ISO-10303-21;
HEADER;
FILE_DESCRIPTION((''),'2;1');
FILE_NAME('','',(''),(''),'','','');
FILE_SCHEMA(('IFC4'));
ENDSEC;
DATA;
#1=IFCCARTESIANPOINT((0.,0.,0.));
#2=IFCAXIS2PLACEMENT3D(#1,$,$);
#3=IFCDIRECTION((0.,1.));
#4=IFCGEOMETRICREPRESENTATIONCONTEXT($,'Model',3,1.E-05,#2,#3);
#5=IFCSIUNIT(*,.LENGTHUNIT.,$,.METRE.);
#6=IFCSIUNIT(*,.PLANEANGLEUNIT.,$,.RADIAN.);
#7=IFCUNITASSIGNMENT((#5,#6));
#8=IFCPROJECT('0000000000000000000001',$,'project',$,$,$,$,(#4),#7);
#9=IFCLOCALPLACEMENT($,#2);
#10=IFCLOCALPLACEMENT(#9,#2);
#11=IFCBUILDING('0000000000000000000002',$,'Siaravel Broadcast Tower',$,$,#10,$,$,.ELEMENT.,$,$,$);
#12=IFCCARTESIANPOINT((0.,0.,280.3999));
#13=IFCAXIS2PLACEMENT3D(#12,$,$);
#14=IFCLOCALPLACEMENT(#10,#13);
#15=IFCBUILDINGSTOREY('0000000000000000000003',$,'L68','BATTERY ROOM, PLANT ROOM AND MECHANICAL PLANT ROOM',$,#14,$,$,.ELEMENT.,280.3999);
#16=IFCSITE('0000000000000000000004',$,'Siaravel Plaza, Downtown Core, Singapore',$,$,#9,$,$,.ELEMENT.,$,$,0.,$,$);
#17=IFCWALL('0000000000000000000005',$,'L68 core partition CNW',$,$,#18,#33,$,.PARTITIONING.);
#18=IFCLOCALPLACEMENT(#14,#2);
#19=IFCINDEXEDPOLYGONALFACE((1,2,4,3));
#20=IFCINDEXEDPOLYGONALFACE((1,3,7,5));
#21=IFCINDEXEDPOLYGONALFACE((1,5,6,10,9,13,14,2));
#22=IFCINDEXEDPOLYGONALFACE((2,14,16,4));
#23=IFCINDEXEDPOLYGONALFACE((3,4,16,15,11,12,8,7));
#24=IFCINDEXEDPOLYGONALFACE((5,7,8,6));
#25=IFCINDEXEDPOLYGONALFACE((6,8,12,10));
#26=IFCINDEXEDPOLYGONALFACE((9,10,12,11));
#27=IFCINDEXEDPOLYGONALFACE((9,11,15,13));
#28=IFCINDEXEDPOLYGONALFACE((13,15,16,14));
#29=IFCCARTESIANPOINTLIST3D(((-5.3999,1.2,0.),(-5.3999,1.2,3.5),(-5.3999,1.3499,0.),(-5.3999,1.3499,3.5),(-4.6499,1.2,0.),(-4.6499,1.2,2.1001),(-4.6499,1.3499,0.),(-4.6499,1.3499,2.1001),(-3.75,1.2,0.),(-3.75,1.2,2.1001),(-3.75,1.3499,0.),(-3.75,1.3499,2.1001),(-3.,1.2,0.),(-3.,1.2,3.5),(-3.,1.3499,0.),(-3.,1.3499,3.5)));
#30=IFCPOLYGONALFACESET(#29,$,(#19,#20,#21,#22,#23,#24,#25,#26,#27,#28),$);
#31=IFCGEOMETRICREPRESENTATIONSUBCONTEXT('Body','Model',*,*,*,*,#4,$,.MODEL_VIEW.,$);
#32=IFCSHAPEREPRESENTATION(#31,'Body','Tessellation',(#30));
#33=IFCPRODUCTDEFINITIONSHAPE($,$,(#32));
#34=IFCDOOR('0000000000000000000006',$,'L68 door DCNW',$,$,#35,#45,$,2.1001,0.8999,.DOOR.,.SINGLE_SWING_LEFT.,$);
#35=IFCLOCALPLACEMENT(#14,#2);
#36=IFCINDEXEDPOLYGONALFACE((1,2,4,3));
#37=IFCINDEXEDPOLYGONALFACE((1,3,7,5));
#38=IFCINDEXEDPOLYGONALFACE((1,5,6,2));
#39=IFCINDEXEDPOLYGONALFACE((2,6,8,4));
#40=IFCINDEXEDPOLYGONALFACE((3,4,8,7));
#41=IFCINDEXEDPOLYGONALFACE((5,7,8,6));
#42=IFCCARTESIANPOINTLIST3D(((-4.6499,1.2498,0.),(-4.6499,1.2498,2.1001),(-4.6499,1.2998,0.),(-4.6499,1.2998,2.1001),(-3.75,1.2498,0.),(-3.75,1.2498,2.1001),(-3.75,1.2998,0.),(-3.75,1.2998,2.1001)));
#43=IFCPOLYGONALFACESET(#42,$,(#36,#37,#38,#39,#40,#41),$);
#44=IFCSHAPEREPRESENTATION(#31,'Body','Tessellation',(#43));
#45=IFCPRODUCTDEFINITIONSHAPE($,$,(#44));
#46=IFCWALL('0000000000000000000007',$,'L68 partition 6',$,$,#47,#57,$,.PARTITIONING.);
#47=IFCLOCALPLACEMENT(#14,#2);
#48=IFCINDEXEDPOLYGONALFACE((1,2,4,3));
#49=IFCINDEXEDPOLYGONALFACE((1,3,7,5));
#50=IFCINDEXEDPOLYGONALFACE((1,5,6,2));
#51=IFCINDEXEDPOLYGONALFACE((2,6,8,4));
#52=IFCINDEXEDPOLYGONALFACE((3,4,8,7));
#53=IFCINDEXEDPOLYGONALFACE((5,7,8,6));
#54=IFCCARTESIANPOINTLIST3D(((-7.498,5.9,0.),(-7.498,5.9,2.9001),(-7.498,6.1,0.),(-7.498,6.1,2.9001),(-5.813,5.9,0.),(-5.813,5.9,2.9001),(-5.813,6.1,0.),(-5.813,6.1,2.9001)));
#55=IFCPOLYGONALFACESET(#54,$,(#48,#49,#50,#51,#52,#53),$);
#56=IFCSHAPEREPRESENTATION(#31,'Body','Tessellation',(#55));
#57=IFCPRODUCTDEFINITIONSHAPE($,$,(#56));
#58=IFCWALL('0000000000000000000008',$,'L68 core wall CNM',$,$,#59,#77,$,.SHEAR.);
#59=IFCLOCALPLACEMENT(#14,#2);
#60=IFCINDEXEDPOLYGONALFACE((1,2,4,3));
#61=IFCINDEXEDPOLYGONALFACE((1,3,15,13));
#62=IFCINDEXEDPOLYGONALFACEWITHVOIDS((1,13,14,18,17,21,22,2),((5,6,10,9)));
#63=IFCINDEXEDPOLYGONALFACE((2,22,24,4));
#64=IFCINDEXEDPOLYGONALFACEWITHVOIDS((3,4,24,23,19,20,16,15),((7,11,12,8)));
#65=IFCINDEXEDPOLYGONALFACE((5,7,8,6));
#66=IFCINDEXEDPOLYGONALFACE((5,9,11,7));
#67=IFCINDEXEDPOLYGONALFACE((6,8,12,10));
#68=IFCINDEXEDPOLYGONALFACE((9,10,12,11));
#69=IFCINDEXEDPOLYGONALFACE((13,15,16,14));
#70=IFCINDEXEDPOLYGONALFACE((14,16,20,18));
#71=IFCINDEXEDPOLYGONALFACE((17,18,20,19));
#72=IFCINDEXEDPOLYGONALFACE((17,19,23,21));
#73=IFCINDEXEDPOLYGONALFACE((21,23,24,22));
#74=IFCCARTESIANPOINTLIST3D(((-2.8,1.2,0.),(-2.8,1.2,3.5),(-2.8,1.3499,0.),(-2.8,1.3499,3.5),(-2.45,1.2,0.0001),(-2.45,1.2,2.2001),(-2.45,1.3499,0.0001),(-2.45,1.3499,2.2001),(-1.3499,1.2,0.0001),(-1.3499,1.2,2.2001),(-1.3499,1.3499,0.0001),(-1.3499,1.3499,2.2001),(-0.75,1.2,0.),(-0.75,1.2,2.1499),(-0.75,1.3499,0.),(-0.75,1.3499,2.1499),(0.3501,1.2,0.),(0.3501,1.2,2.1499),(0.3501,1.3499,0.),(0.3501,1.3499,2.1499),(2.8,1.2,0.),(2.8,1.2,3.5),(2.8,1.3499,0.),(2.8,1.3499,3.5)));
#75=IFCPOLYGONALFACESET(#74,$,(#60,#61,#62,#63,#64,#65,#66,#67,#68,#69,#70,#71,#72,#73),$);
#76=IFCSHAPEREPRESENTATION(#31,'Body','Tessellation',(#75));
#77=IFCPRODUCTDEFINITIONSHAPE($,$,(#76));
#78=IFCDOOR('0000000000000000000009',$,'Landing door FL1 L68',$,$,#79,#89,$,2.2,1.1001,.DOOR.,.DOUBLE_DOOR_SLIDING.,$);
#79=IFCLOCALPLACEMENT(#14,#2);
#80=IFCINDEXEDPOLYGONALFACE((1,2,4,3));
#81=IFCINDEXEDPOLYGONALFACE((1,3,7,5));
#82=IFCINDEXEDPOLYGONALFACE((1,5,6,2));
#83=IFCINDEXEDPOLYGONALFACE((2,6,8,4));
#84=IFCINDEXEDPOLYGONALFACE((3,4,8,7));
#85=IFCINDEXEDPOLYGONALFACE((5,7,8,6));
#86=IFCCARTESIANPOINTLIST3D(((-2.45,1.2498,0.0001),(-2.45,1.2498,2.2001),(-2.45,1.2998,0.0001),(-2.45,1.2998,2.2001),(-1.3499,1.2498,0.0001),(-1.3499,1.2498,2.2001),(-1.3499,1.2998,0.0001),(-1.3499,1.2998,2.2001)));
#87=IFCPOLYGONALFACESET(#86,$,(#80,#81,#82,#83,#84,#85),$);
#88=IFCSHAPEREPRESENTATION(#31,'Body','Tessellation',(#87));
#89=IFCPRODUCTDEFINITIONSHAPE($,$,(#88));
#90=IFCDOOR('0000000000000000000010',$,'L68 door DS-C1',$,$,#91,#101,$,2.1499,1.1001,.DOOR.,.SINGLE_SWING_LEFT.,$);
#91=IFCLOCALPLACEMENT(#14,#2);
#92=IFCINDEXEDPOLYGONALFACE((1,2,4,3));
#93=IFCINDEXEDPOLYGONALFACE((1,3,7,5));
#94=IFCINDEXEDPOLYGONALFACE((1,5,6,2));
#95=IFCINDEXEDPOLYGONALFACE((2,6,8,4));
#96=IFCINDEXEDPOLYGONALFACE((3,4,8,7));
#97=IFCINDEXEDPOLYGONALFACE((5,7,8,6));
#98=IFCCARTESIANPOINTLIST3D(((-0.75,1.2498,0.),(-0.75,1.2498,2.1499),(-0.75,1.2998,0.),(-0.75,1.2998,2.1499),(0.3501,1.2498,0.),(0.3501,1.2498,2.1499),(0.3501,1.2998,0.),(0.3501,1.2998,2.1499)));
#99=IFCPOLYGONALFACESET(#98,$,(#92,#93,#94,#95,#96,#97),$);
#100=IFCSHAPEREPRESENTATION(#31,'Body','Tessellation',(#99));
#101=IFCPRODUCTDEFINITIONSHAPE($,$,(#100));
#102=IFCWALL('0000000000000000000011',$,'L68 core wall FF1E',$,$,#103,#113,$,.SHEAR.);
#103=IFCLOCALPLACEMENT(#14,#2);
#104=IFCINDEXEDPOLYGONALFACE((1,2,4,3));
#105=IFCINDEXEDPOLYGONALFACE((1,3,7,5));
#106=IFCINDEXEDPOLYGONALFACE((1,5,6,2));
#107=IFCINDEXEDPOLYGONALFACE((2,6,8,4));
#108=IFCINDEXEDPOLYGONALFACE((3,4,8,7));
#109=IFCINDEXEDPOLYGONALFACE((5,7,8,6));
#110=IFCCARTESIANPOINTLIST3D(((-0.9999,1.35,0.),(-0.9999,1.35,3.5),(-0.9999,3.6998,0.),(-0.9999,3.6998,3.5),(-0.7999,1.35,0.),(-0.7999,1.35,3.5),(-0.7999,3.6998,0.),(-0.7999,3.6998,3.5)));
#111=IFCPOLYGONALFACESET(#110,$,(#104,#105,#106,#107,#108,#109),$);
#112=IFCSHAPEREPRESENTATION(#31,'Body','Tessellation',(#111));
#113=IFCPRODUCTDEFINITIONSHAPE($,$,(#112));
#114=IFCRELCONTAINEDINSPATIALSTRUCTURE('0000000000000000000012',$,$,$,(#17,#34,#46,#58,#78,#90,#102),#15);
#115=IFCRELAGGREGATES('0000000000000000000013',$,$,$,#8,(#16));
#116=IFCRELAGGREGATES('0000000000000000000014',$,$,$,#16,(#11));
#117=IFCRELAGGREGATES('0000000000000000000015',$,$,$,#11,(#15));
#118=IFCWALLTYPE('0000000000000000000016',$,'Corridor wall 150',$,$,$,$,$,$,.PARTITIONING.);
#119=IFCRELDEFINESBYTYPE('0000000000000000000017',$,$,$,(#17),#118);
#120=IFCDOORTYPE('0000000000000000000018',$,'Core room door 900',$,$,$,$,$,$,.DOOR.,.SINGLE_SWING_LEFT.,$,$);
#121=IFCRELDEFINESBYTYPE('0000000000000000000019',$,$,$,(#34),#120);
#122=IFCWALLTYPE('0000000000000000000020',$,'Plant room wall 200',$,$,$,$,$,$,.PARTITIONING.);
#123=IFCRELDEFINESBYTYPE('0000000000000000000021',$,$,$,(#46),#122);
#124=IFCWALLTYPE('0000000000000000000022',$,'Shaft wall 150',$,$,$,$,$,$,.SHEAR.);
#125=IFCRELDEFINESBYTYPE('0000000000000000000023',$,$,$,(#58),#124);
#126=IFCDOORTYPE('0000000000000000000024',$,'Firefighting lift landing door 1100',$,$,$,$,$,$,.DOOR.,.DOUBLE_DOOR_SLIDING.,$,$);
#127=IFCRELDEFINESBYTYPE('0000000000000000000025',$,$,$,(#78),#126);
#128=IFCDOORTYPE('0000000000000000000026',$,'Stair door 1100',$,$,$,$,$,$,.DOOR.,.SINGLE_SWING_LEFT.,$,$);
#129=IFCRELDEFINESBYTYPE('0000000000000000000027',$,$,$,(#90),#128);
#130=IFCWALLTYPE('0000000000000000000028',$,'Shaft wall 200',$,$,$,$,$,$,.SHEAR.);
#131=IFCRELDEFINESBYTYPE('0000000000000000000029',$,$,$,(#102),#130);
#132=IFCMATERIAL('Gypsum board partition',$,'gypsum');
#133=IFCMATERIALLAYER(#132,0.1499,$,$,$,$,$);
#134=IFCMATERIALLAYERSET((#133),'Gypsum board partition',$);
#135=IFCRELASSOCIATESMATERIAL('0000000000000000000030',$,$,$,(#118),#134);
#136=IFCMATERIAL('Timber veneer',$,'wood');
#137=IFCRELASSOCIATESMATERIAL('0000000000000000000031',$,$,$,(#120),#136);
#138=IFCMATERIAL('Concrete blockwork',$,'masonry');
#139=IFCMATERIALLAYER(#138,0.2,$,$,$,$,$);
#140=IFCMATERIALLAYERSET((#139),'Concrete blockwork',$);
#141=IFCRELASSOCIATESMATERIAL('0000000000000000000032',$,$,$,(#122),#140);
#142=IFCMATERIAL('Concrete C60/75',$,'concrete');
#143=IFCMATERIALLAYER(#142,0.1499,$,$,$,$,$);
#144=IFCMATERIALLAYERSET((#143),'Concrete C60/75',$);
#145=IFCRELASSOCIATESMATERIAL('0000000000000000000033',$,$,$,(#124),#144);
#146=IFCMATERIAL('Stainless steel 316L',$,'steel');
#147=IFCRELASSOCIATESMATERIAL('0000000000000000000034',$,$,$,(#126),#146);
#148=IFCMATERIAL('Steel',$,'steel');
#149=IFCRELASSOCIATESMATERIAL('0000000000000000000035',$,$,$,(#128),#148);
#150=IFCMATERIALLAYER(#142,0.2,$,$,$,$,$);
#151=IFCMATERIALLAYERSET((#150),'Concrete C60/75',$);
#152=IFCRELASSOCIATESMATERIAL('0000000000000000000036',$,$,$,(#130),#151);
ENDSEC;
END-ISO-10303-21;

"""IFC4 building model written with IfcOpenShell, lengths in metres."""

from ifc_helpers import new_model, si_unit, direction, frame, frame_2d, origin, place, context, subcontext, project, spatial, rectangle, extrude, material, layer, layer_set, type_object, element, fill, save


model = new_model("IFC4")

# Units and contexts
model_context = context("Model", 3, precision=1e-05, world=origin(), true_north=direction((0.0, 1.0)))
body_context = subcontext(model_context, "Body", "Model", "MODEL_VIEW")
ifc_project = project(units=[si_unit("LENGTHUNIT", "METRE"), si_unit("PLANEANGLEUNIT", "RADIAN")], contexts=[model_context])

# Site, building, storey
site_placement = place(None, origin())
site = spatial("IfcSite", under=ifc_project, at=site_placement, Name="Siaravel Plaza, Downtown Core, Singapore", CompositionType="ELEMENT", RefElevation=0.0)
building_placement = place(site_placement, origin())
building = spatial("IfcBuilding", under=site, at=building_placement, Name="Siaravel Broadcast Tower", CompositionType="ELEMENT")
storey_placement = place(building_placement, frame((0.0, 0.0, 280.3999)))
storey = spatial("IfcBuildingStorey", under=building, at=storey_placement, Name="L68", Description="BATTERY ROOM, PLANT ROOM AND MECHANICAL PLANT ROOM", CompositionType="ELEMENT", Elevation=280.3999)

# Shared definitions
ifc_material_1 = material(Name="Concrete C60/75", Category="concrete")

# Wall, opening, door
ifc_material_2 = material(Name="Gypsum board partition", Category="gypsum")
ifc_layer_1 = layer(ifc_material_2, 0.1499)
ifc_layer_set_1 = layer_set([ifc_layer_1], Name="Gypsum board partition")
wall_type_1 = type_object("IfcWallType", Name="Corridor wall 150", PredefinedType="PARTITIONING", material=ifc_layer_set_1)
wall_1_placement = place(storey_placement, frame((-5.3999, 1.2749, 0.0), z_axis=(0.0, 0.0, 1.0), x_axis=(1.0, 0.0, 0.0)))
wall_1 = element("IfcWall", 1, at=wall_1_placement, inside=storey, type_object=wall_type_1, Name="L68 core partition CNW", PredefinedType="PARTITIONING", context=body_context, shape_type="SweptSolid", body=[
    extrude(rectangle(XDim=2.3999, YDim=0.1499, at=frame_2d((1.2, 0.0))), origin(), (0.0, 0.0, 1.0), 3.5),
])
opening_1_placement = place(wall_1_placement, frame((0.75, 0.0, 0.0)))
opening_1 = element("IfcOpeningElement", 2, at=opening_1_placement, cuts=wall_1, PredefinedType="OPENING", context=body_context, shape_type="SweptSolid", body=[
    extrude(rectangle(XDim=0.8999, YDim=2.1001, at=frame_2d((0.45, 1.05))), frame((0.0, 0.085, 0.0), z_axis=(0.0, -1.0, 0.0), x_axis=(1.0, 0.0, 0.0)), (0.0, 0.0, 1.0), 0.1699),
])
ifc_material_3 = material(Name="Timber veneer", Category="wood")
door_type_1 = type_object("IfcDoorType", Name="Core room door 900", OperationType="SINGLE_SWING_LEFT", PredefinedType="DOOR", material=ifc_material_3)
door_1_placement = place(opening_1_placement, origin())
door_1 = element("IfcDoor", 3, at=door_1_placement, inside=storey, type_object=door_type_1, Name="L68 door DCNW", OperationType="SINGLE_SWING_LEFT", OverallHeight=2.1001, OverallWidth=0.8999, PredefinedType="DOOR", context=body_context, shape_type="SweptSolid", body=[
    extrude(rectangle(XDim=0.8999, YDim=2.1001, at=frame_2d((0.45, 1.05))), frame((0.0, 0.0249, 0.0), z_axis=(0.0, -1.0, 0.0), x_axis=(1.0, 0.0, 0.0)), (0.0, 0.0, 1.0), 0.05),
])
fill(opening_1, door_1)

# Wall
ifc_material_4 = material(Name="Concrete blockwork", Category="masonry")
ifc_layer_2 = layer(ifc_material_4, 0.2)
ifc_layer_set_2 = layer_set([ifc_layer_2], Name="Concrete blockwork")
wall_type_2 = type_object("IfcWallType", Name="Plant room wall 200", PredefinedType="PARTITIONING", material=ifc_layer_set_2)
wall_2_placement = place(storey_placement, frame((-5.813, 6.0, 0.0), z_axis=(0.0, 0.0, 1.0), x_axis=(-1.0, 0.0, 0.0)))
element("IfcWall", 4, at=wall_2_placement, inside=storey, type_object=wall_type_2, Name="L68 partition 6", PredefinedType="PARTITIONING", context=body_context, shape_type="SweptSolid", body=[
    extrude(rectangle(XDim=1.6851, YDim=0.2, at=frame_2d((0.8425, 0.0))), origin(), (0.0, 0.0, 1.0), 2.9001),
])

# Wall, openings, doors
ifc_layer_3 = layer(ifc_material_1, 0.1499)
ifc_layer_set_3 = layer_set([ifc_layer_3], Name="Concrete C60/75")
wall_type_3 = type_object("IfcWallType", Name="Shaft wall 150", PredefinedType="SHEAR", material=ifc_layer_set_3)
wall_3_placement = place(storey_placement, frame((-2.8, 1.2749, 0.0), z_axis=(0.0, 0.0, 1.0), x_axis=(1.0, 0.0, 0.0)))
wall_3 = element("IfcWall", 5, at=wall_3_placement, inside=storey, type_object=wall_type_3, Name="L68 core wall CNM", PredefinedType="SHEAR", context=body_context, shape_type="SweptSolid", body=[
    extrude(rectangle(XDim=5.6001, YDim=0.1499, at=frame_2d((2.8, 0.0))), origin(), (0.0, 0.0, 1.0), 3.5),
])
opening_2_placement = place(wall_3_placement, frame((0.3501, 0.0, 0.0)))
opening_2 = element("IfcOpeningElement", 6, at=opening_2_placement, cuts=wall_3, PredefinedType="OPENING", context=body_context, shape_type="SweptSolid", body=[
    extrude(rectangle(XDim=1.1001, YDim=2.2, at=frame_2d((0.55, 1.1001))), frame((0.0, 0.085, 0.0), z_axis=(0.0, -1.0, 0.0), x_axis=(1.0, 0.0, 0.0)), (0.0, 0.0, 1.0), 0.1699),
])
opening_3_placement = place(wall_3_placement, frame((2.05, 0.0, 0.0)))
opening_3 = element("IfcOpeningElement", 7, at=opening_3_placement, cuts=wall_3, PredefinedType="OPENING", context=body_context, shape_type="SweptSolid", body=[
    extrude(rectangle(XDim=1.1001, YDim=2.1499, at=frame_2d((0.55, 1.075))), frame((0.0, 0.085, 0.0), z_axis=(0.0, -1.0, 0.0), x_axis=(1.0, 0.0, 0.0)), (0.0, 0.0, 1.0), 0.1699),
])
ifc_material_5 = material(Name="Stainless steel 316L", Category="steel")
door_type_2 = type_object("IfcDoorType", Name="Firefighting lift landing door 1100", OperationType="DOUBLE_DOOR_SLIDING", PredefinedType="DOOR", material=ifc_material_5)
door_2_placement = place(opening_2_placement, origin())
door_2 = element("IfcDoor", 8, at=door_2_placement, inside=storey, type_object=door_type_2, Name="Landing door FL1 L68", OperationType="DOUBLE_DOOR_SLIDING", OverallHeight=2.2, OverallWidth=1.1001, PredefinedType="DOOR", context=body_context, shape_type="SweptSolid", body=[
    extrude(rectangle(XDim=1.1001, YDim=2.2, at=frame_2d((0.55, 1.1001))), frame((0.0, 0.0249, 0.0), z_axis=(0.0, -1.0, 0.0), x_axis=(1.0, 0.0, 0.0)), (0.0, 0.0, 1.0), 0.05),
])
fill(opening_2, door_2)
ifc_material_6 = material(Name="Steel", Category="steel")
door_type_3 = type_object("IfcDoorType", Name="Stair door 1100", OperationType="SINGLE_SWING_LEFT", PredefinedType="DOOR", material=ifc_material_6)
door_3_placement = place(opening_3_placement, origin())
door_3 = element("IfcDoor", 9, at=door_3_placement, inside=storey, type_object=door_type_3, Name="L68 door DS-C1", OperationType="SINGLE_SWING_LEFT", OverallHeight=2.1499, OverallWidth=1.1001, PredefinedType="DOOR", context=body_context, shape_type="SweptSolid", body=[
    extrude(rectangle(XDim=1.1001, YDim=2.1499, at=frame_2d((0.55, 1.075))), frame((0.0, 0.0249, 0.0), z_axis=(0.0, -1.0, 0.0), x_axis=(1.0, 0.0, 0.0)), (0.0, 0.0, 1.0), 0.05),
])
fill(opening_3, door_3)

# Wall
ifc_layer_4 = layer(ifc_material_1, 0.2)
ifc_layer_set_4 = layer_set([ifc_layer_4], Name="Concrete C60/75")
wall_type_4 = type_object("IfcWallType", Name="Shaft wall 200", PredefinedType="SHEAR", material=ifc_layer_set_4)
wall_4_placement = place(storey_placement, frame((-0.8999, 1.3501, 0.0), z_axis=(0.0, 0.0, 1.0), x_axis=(0.0, 1.0, 0.0)))
element("IfcWall", 10, at=wall_4_placement, inside=storey, type_object=wall_type_4, Name="L68 core wall FF1E", PredefinedType="SHEAR", context=body_context, shape_type="SweptSolid", body=[
    extrude(rectangle(XDim=2.3499, YDim=0.2, at=frame_2d((1.1748, 0.0))), origin(), (0.0, 0.0, 1.0), 3.5),
])

save(model, "model.ifc")
